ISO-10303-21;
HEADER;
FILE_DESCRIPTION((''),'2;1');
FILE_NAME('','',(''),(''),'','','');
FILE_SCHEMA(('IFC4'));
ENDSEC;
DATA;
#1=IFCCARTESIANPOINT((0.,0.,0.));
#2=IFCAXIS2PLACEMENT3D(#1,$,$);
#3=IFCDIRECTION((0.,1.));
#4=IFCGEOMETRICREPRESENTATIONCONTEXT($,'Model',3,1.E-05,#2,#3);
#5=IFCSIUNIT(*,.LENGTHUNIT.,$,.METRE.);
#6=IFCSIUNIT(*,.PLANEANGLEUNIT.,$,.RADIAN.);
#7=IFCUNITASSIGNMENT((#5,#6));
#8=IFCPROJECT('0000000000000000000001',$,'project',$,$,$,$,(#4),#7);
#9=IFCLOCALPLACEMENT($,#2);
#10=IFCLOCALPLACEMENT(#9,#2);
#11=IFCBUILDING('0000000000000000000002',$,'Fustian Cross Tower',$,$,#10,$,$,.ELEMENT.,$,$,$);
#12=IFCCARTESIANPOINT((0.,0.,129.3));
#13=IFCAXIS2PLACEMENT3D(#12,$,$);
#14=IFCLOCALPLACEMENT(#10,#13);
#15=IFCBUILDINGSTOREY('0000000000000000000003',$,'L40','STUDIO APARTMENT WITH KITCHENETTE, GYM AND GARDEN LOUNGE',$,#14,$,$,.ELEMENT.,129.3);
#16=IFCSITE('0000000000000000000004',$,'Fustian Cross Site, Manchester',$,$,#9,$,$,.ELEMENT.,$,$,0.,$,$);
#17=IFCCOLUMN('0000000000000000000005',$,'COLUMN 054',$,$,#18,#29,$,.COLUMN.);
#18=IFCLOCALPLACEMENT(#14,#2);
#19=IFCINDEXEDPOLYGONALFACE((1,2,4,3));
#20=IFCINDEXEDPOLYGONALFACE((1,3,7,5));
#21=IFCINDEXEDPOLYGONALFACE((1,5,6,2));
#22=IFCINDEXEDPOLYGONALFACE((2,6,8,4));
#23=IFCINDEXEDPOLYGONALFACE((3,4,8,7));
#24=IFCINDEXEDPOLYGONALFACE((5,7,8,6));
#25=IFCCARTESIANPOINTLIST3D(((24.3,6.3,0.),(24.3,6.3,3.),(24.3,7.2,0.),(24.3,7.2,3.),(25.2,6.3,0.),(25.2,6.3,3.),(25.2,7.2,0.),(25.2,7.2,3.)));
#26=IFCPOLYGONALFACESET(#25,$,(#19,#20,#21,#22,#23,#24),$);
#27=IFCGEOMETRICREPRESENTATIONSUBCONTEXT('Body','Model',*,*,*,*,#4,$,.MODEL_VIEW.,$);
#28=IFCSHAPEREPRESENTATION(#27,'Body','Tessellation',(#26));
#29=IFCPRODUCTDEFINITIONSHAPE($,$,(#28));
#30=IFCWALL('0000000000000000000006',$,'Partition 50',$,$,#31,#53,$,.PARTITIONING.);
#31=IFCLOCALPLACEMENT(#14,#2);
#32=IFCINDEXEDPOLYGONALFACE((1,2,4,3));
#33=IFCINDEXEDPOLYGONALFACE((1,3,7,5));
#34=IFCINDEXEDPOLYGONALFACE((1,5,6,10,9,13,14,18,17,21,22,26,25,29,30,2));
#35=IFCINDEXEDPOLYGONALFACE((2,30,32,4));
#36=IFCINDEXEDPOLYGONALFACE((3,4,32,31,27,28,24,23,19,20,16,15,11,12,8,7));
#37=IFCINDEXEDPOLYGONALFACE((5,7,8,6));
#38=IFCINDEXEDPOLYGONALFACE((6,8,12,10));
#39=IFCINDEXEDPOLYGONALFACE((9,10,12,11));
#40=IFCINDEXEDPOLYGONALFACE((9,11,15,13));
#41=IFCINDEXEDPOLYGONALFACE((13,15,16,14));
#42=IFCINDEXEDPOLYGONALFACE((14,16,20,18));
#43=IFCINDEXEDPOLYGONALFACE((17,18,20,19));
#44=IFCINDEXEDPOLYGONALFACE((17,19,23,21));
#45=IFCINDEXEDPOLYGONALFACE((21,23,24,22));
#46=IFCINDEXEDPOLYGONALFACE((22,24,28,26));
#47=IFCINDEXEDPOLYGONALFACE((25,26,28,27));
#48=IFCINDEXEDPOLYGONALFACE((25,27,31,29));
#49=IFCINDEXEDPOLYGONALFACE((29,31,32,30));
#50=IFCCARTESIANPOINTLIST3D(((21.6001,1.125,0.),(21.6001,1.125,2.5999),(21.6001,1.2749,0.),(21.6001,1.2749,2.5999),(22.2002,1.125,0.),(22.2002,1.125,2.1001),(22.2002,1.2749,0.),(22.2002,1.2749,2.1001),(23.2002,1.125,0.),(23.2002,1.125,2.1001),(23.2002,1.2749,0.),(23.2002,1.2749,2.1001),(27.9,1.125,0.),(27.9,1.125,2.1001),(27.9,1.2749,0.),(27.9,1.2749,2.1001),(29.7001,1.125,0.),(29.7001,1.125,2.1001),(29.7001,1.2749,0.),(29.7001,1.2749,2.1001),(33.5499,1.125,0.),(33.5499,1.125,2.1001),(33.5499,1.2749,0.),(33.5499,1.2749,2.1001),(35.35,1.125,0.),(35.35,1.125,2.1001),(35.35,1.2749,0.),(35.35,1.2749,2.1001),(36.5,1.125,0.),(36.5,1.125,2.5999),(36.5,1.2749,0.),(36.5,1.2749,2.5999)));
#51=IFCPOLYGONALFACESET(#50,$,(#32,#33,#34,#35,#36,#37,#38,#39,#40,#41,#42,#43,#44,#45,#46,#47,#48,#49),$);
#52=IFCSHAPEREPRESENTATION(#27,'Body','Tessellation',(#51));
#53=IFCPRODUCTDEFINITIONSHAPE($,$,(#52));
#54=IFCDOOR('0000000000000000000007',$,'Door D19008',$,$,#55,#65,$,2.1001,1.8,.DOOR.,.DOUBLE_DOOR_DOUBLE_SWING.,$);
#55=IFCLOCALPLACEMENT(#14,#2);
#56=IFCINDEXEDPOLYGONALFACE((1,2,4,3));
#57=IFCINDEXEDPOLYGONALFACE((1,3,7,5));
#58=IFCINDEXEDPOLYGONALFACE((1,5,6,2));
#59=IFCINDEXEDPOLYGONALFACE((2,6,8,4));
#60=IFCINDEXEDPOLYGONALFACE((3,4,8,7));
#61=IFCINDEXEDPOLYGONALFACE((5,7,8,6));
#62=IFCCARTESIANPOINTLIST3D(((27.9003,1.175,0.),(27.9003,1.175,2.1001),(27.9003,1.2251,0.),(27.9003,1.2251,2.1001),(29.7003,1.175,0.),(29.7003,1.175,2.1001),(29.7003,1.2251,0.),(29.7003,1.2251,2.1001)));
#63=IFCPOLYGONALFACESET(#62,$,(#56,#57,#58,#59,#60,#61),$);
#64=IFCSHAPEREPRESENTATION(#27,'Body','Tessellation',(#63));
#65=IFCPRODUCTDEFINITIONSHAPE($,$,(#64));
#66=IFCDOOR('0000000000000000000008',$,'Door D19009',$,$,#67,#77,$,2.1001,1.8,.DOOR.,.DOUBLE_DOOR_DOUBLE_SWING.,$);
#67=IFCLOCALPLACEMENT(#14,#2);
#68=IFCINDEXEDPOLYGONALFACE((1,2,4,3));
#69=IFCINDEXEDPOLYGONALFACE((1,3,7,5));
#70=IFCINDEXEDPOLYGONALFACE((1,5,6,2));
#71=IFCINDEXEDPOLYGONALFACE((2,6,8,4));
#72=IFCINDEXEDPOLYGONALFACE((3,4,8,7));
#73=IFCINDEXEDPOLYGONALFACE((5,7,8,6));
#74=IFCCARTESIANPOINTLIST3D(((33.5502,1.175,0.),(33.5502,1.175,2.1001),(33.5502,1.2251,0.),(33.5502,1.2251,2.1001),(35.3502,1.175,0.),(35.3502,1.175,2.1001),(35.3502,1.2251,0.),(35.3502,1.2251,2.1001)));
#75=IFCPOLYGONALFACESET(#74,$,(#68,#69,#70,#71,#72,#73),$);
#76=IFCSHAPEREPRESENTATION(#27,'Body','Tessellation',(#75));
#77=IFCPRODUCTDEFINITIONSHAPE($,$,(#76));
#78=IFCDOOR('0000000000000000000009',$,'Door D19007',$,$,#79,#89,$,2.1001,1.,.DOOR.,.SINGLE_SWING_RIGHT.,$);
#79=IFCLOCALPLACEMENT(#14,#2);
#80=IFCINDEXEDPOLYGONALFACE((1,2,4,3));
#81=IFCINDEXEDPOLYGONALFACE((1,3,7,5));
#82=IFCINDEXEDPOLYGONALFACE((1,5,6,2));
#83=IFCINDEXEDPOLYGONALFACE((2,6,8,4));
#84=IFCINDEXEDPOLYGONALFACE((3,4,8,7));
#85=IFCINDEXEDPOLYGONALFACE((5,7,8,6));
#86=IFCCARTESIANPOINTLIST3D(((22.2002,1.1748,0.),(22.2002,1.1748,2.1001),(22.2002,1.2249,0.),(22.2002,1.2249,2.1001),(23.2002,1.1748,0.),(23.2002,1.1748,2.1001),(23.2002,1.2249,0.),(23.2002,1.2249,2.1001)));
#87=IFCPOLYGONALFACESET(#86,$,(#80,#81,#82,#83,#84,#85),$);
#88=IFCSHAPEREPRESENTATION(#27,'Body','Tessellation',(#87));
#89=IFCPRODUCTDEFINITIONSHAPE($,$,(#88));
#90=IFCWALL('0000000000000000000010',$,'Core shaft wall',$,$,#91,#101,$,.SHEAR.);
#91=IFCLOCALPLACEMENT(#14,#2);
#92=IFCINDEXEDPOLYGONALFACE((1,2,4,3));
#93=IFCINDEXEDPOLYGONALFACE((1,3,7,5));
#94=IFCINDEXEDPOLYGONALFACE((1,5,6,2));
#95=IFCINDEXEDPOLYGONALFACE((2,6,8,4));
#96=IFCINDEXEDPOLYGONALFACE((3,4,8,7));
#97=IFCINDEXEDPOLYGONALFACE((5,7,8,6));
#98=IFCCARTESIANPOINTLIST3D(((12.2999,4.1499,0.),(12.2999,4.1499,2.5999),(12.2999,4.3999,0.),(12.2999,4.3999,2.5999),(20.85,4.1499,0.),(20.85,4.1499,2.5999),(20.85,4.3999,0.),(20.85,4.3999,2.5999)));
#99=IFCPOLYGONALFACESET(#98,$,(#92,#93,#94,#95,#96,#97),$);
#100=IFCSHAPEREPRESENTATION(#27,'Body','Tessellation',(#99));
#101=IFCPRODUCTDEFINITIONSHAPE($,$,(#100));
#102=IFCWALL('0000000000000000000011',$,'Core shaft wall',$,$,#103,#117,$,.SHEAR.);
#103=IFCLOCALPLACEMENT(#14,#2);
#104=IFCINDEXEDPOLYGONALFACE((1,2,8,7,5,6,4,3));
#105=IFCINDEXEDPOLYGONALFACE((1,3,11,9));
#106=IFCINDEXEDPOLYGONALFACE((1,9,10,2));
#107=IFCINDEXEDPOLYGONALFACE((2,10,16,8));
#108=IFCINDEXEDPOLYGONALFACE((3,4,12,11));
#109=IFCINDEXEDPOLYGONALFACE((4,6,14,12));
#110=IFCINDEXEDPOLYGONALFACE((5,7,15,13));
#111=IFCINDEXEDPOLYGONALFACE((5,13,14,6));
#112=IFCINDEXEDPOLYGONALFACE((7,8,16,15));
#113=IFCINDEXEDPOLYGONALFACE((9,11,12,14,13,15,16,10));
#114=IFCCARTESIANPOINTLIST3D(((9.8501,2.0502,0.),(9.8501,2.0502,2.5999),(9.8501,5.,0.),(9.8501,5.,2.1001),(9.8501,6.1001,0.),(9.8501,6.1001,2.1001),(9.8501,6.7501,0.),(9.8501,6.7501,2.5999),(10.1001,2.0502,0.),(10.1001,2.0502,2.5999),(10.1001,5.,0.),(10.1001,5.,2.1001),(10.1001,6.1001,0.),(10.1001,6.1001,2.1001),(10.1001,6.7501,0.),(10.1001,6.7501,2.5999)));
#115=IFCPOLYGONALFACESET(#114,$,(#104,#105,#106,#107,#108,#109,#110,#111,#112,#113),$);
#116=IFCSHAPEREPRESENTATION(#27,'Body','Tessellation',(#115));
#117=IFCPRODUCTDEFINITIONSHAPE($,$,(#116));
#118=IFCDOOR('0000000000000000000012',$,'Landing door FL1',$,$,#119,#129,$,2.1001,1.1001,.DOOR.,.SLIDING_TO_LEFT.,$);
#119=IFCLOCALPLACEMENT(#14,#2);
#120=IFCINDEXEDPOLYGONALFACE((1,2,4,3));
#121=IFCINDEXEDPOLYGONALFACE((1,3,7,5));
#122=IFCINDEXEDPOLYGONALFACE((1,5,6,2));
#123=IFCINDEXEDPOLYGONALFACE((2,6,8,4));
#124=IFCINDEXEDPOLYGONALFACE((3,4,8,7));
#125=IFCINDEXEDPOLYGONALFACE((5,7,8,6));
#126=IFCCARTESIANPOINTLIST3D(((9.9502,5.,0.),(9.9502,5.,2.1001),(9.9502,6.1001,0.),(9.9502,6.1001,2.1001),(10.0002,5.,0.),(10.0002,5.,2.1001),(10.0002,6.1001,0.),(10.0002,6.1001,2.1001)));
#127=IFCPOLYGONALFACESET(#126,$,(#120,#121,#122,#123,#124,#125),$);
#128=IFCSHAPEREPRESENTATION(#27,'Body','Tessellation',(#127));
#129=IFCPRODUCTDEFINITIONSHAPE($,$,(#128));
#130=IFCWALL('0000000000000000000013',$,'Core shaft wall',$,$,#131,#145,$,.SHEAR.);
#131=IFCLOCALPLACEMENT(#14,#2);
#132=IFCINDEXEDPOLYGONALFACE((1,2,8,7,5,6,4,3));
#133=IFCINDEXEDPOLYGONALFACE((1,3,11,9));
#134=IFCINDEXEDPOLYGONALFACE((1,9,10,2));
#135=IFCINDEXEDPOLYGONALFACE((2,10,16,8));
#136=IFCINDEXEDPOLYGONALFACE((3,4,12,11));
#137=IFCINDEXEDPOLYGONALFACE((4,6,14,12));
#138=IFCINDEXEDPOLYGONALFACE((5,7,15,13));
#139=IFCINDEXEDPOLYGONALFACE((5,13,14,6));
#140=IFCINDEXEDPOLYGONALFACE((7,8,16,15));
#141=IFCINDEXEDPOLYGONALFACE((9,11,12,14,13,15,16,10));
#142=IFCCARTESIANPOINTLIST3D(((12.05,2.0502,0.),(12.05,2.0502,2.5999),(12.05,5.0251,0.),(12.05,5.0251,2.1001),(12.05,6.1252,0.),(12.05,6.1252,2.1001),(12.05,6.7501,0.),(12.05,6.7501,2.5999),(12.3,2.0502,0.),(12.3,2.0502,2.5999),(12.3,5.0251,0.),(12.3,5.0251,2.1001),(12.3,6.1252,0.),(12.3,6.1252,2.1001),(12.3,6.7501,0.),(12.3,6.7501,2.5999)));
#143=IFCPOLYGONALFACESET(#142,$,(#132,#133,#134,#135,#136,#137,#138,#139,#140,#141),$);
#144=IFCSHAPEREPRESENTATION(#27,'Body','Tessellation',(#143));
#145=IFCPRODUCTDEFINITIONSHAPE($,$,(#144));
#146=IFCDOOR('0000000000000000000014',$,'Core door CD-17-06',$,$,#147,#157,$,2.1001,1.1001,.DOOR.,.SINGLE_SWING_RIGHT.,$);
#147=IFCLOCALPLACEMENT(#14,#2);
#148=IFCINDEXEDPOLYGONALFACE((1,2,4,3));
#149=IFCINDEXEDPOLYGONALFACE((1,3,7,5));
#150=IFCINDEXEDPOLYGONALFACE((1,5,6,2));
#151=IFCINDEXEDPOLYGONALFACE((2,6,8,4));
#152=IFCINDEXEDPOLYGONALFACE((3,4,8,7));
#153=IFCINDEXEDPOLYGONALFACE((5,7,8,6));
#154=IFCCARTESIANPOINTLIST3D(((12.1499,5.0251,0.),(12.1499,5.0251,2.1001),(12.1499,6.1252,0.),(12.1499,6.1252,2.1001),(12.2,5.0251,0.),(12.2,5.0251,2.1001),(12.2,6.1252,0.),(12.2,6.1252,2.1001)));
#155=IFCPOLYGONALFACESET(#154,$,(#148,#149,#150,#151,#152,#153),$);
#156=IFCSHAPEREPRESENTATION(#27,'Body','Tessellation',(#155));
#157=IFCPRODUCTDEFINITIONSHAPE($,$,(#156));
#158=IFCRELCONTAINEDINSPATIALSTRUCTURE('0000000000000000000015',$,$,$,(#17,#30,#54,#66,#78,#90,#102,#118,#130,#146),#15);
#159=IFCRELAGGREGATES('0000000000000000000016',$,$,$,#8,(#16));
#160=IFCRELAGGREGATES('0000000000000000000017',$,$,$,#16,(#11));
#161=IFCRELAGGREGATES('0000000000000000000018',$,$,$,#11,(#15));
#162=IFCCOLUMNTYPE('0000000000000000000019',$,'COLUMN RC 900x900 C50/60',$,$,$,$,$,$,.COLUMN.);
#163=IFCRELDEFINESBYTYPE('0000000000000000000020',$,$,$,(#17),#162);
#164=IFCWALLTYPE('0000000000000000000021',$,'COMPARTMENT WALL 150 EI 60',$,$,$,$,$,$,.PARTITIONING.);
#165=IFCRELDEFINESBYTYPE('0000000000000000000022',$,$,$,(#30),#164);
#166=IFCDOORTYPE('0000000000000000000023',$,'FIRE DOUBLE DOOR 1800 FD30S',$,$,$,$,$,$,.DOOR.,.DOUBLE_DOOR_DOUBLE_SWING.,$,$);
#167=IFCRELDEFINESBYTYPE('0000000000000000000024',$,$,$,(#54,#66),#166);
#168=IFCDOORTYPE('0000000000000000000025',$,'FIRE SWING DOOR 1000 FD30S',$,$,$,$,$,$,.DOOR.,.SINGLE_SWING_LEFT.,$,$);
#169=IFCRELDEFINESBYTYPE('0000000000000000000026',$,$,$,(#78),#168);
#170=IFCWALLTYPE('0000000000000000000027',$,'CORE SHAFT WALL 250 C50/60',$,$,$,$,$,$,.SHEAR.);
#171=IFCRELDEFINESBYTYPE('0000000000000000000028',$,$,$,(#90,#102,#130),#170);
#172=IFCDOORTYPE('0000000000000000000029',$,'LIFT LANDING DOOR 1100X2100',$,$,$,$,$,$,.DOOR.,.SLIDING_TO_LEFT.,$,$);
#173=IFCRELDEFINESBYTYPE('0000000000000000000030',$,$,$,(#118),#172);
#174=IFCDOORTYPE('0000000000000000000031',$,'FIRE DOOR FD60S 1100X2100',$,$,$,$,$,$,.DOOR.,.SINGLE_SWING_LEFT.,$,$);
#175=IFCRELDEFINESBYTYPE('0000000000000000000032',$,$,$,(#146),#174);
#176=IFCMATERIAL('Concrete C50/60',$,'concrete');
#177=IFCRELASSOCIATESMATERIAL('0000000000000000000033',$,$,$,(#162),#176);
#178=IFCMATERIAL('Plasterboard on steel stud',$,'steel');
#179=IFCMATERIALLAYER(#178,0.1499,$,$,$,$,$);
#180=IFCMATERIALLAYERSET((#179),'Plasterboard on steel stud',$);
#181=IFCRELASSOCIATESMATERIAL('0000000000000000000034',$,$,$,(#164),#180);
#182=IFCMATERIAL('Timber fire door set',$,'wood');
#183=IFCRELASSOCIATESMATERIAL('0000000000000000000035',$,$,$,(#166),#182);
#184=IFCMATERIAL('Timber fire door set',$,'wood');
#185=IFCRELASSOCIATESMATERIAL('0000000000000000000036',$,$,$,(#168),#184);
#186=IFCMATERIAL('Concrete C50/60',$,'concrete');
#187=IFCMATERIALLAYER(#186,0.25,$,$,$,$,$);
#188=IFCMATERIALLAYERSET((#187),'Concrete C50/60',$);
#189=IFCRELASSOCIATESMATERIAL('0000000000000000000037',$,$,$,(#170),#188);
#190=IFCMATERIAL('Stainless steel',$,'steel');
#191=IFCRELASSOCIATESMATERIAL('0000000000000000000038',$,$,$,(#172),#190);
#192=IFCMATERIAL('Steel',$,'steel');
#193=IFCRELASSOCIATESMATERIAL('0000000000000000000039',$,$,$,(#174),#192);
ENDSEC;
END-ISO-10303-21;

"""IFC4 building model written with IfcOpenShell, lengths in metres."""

from ifc_helpers import new_model, si_unit, direction, frame, frame_2d, origin, origin_2d, place, context, subcontext, project, spatial, rectangle, extrude, material, layer, layer_set, material_profile, profile_set, type_object, element, fill, save


model = new_model("IFC4")

# Units and contexts
model_context = context("Model", 3, precision=1e-05, world=origin(), true_north=direction((0.0, 1.0)))
body_context = subcontext(model_context, "Body", "Model", "MODEL_VIEW")
ifc_project = project(units=[si_unit("LENGTHUNIT", "METRE"), si_unit("PLANEANGLEUNIT", "RADIAN")], contexts=[model_context])

# Site, building, storey
site_placement = place(None, origin())
site = spatial("IfcSite", under=ifc_project, at=site_placement, Name="Fustian Cross Site, Manchester", CompositionType="ELEMENT", RefElevation=0.0)
building_placement = place(site_placement, origin())
building = spatial("IfcBuilding", under=site, at=building_placement, Name="Fustian Cross Tower", CompositionType="ELEMENT")
storey_placement = place(building_placement, frame((0.0, 0.0, 129.3)))
storey = spatial("IfcBuildingStorey", under=building, at=storey_placement, Name="L40", Description="STUDIO APARTMENT WITH KITCHENETTE, GYM AND GARDEN LOUNGE", CompositionType="ELEMENT", Elevation=129.3)

# Column
ifc_material_1 = material(Name="Concrete C50/60", Category="concrete")
ifc_material_profile = material_profile(ifc_material_1, rectangle(XDim=0.8999, YDim=0.8999, at=origin_2d()), Name="RC 900x900")
ifc_profile_set = profile_set([ifc_material_profile], Name="Concrete C50/60")
column_type = type_object("IfcColumnType", Name="COLUMN RC 900x900 C50/60", PredefinedType="COLUMN", material=ifc_profile_set)
column_placement = place(storey_placement, frame((24.75, 6.75, 0.0), z_axis=(0.0, 0.0, 1.0), x_axis=(1.0, 0.0, 0.0)))
element("IfcColumn", 1, at=column_placement, inside=storey, type_object=column_type, Name="COLUMN 054", PredefinedType="COLUMN", context=body_context, shape_type="SweptSolid", body=[
    extrude(rectangle(XDim=0.8999, YDim=0.8999, at=origin_2d()), origin(), (0.0, 0.0, 1.0), 3.0),
])

# Wall, openings, doors
ifc_material_2 = material(Name="Plasterboard on steel stud", Category="steel")
ifc_layer_1 = layer(ifc_material_2, 0.1499)
ifc_layer_set_1 = layer_set([ifc_layer_1], Name="Plasterboard on steel stud")
wall_type_1 = type_object("IfcWallType", Name="COMPARTMENT WALL 150 EI 60", PredefinedType="PARTITIONING", material=ifc_layer_set_1)
wall_1_placement = place(storey_placement, frame((21.6001, 1.2, 0.0), z_axis=(0.0, 0.0, 1.0), x_axis=(1.0, 0.0, 0.0)))
wall_1 = element("IfcWall", 2, at=wall_1_placement, inside=storey, type_object=wall_type_1, Name="Partition 50", PredefinedType="PARTITIONING", context=body_context, shape_type="SweptSolid", body=[
    extrude(rectangle(XDim=14.8999, YDim=0.1499, at=frame_2d((7.45, 0.0))), origin(), (0.0, 0.0, 1.0), 2.5999),
])
opening_1_placement = place(wall_1_placement, frame((0.6001, 0.0, 0.0)))
opening_1 = element("IfcOpeningElement", 3, at=opening_1_placement, cuts=wall_1, PredefinedType="OPENING", context=body_context, shape_type="SweptSolid", body=[
    extrude(rectangle(XDim=1.0, YDim=2.1001, at=frame_2d((0.5, 1.05))), frame((0.0, 0.085, 0.0), z_axis=(0.0, -1.0, 0.0), x_axis=(1.0, 0.0, 0.0)), (0.0, 0.0, 1.0), 0.1699),
])
opening_2_placement = place(wall_1_placement, frame((6.3, 0.0, 0.0)))
opening_2 = element("IfcOpeningElement", 4, at=opening_2_placement, cuts=wall_1, PredefinedType="OPENING", context=body_context, shape_type="SweptSolid", body=[
    extrude(rectangle(XDim=1.8, YDim=2.1001, at=frame_2d((0.8999, 1.05))), frame((0.0, 0.085, 0.0), z_axis=(0.0, -1.0, 0.0), x_axis=(1.0, 0.0, 0.0)), (0.0, 0.0, 1.0), 0.1699),
])
opening_3_placement = place(wall_1_placement, frame((11.95, 0.0, 0.0)))
opening_3 = element("IfcOpeningElement", 5, at=opening_3_placement, cuts=wall_1, PredefinedType="OPENING", context=body_context, shape_type="SweptSolid", body=[
    extrude(rectangle(XDim=1.8, YDim=2.1001, at=frame_2d((0.8999, 1.05))), frame((0.0, 0.085, 0.0), z_axis=(0.0, -1.0, 0.0), x_axis=(1.0, 0.0, 0.0)), (0.0, 0.0, 1.0), 0.1699),
])
ifc_material_3 = material(Name="Timber fire door set", Category="wood")
door_type_1 = type_object("IfcDoorType", Name="FIRE DOUBLE DOOR 1800 FD30S", OperationType="DOUBLE_DOOR_DOUBLE_SWING", PredefinedType="DOOR", material=ifc_material_3)
door_1_placement = place(opening_2_placement, frame((1.8, 0.0, 0.0), z_axis=(0.0, 0.0, 1.0), x_axis=(-1.0, 0.0, 0.0)))
door_1 = element("IfcDoor", 6, at=door_1_placement, inside=storey, type_object=door_type_1, Name="Door D19008", OperationType="DOUBLE_DOOR_DOUBLE_SWING", OverallHeight=2.1001, OverallWidth=1.8, PredefinedType="DOOR", context=body_context, shape_type="SweptSolid", body=[
    extrude(rectangle(XDim=1.8, YDim=2.1001, at=frame_2d((0.8999, 1.05))), frame((0.0, 0.0249, 0.0), z_axis=(0.0, -1.0, 0.0), x_axis=(1.0, 0.0, 0.0)), (0.0, 0.0, 1.0), 0.05),
])
fill(opening_2, door_1)
door_2_placement = place(opening_3_placement, frame((1.8, 0.0, 0.0), z_axis=(0.0, 0.0, 1.0), x_axis=(-1.0, 0.0, 0.0)))
door_2 = element("IfcDoor", 7, at=door_2_placement, inside=storey, type_object=door_type_1, Name="Door D19009", OperationType="DOUBLE_DOOR_DOUBLE_SWING", OverallHeight=2.1001, OverallWidth=1.8, PredefinedType="DOOR", context=body_context, shape_type="SweptSolid", body=[
    extrude(rectangle(XDim=1.8, YDim=2.1001, at=frame_2d((0.8999, 1.05))), frame((0.0, 0.0249, 0.0), z_axis=(0.0, -1.0, 0.0), x_axis=(1.0, 0.0, 0.0)), (0.0, 0.0, 1.0), 0.05),
])
fill(opening_3, door_2)
ifc_material_4 = material(Name="Timber fire door set", Category="wood")
door_type_2 = type_object("IfcDoorType", Name="FIRE SWING DOOR 1000 FD30S", OperationType="SINGLE_SWING_LEFT", PredefinedType="DOOR", material=ifc_material_4)
door_3_placement = place(opening_1_placement, origin())
door_3 = element("IfcDoor", 8, at=door_3_placement, inside=storey, type_object=door_type_2, Name="Door D19007", OperationType="SINGLE_SWING_RIGHT", OverallHeight=2.1001, OverallWidth=1.0, PredefinedType="DOOR", context=body_context, shape_type="SweptSolid", body=[
    extrude(rectangle(XDim=1.0, YDim=2.1001, at=frame_2d((0.5, 1.05))), frame((0.0, 0.0249, 0.0), z_axis=(0.0, -1.0, 0.0), x_axis=(1.0, 0.0, 0.0)), (0.0, 0.0, 1.0), 0.05),
])
fill(opening_1, door_3)

# Wall
ifc_material_5 = material(Name="Concrete C50/60", Category="concrete")
ifc_layer_2 = layer(ifc_material_5, 0.25)
ifc_layer_set_2 = layer_set([ifc_layer_2], Name="Concrete C50/60")
wall_type_2 = type_object("IfcWallType", Name="CORE SHAFT WALL 250 C50/60", PredefinedType="SHEAR", material=ifc_layer_set_2)
wall_2_placement = place(storey_placement, frame((12.3, 4.2749, 0.0), z_axis=(0.0, 0.0, 1.0), x_axis=(1.0, 0.0, 0.0)))
element("IfcWall", 9, at=wall_2_placement, inside=storey, type_object=wall_type_2, Name="Core shaft wall", PredefinedType="SHEAR", context=body_context, shape_type="SweptSolid", body=[
    extrude(rectangle(XDim=8.55, YDim=0.25, at=frame_2d((4.2749, 0.0))), origin(), (0.0, 0.0, 1.0), 2.5999),
])

# Walls, openings, doors
wall_3_placement = place(storey_placement, frame((9.9751, 2.05, 0.0), z_axis=(0.0, 0.0, 1.0), x_axis=(0.0, 1.0, 0.0)))
wall_3 = element("IfcWall", 10, at=wall_3_placement, inside=storey, type_object=wall_type_2, Name="Core shaft wall", PredefinedType="SHEAR", context=body_context, shape_type="SweptSolid", body=[
    extrude(rectangle(XDim=4.7, YDim=0.25, at=frame_2d((2.3501, 0.0))), origin(), (0.0, 0.0, 1.0), 2.5999),
])
opening_4_placement = place(wall_3_placement, frame((2.95, 0.0, 0.0)))
opening_4 = element("IfcOpeningElement", 11, at=opening_4_placement, cuts=wall_3, PredefinedType="OPENING", context=body_context, shape_type="SweptSolid", body=[
    extrude(rectangle(XDim=1.1001, YDim=2.1001, at=frame_2d((0.55, 1.05))), frame((0.0, 0.135, 0.0), z_axis=(0.0, -1.0, 0.0), x_axis=(1.0, 0.0, 0.0)), (0.0, 0.0, 1.0), 0.27),
])
ifc_material_6 = material(Name="Stainless steel", Category="steel")
door_type_3 = type_object("IfcDoorType", Name="LIFT LANDING DOOR 1100X2100", OperationType="SLIDING_TO_LEFT", PredefinedType="DOOR", material=ifc_material_6)
door_4_placement = place(opening_4_placement, origin())
door_4 = element("IfcDoor", 12, at=door_4_placement, inside=storey, type_object=door_type_3, Name="Landing door FL1", OperationType="SLIDING_TO_LEFT", OverallHeight=2.1001, OverallWidth=1.1001, PredefinedType="DOOR", context=body_context, shape_type="SweptSolid", body=[
    extrude(rectangle(XDim=1.1001, YDim=2.1001, at=frame_2d((0.55, 1.05))), frame((0.0, 0.0249, 0.0), z_axis=(0.0, -1.0, 0.0), x_axis=(1.0, 0.0, 0.0)), (0.0, 0.0, 1.0), 0.05),
])
fill(opening_4, door_4)
wall_4_placement = place(storey_placement, frame((12.175, 2.05, 0.0), z_axis=(0.0, 0.0, 1.0), x_axis=(0.0, 1.0, 0.0)))
wall_4 = element("IfcWall", 13, at=wall_4_placement, inside=storey, type_object=wall_type_2, Name="Core shaft wall", PredefinedType="SHEAR", context=body_context, shape_type="SweptSolid", body=[
    extrude(rectangle(XDim=4.7, YDim=0.25, at=frame_2d((2.3501, 0.0))), origin(), (0.0, 0.0, 1.0), 2.5999),
])
opening_5_placement = place(wall_4_placement, frame((2.9751, 0.0, 0.0)))
opening_5 = element("IfcOpeningElement", 14, at=opening_5_placement, cuts=wall_4, PredefinedType="OPENING", context=body_context, shape_type="SweptSolid", body=[
    extrude(rectangle(XDim=1.1001, YDim=2.1001, at=frame_2d((0.55, 1.05))), frame((0.0, 0.135, 0.0), z_axis=(0.0, -1.0, 0.0), x_axis=(1.0, 0.0, 0.0)), (0.0, 0.0, 1.0), 0.27),
])
ifc_material_7 = material(Name="Steel", Category="steel")
door_type_4 = type_object("IfcDoorType", Name="FIRE DOOR FD60S 1100X2100", OperationType="SINGLE_SWING_LEFT", PredefinedType="DOOR", material=ifc_material_7)
door_5_placement = place(opening_5_placement, frame((1.1001, 0.0, 0.0), z_axis=(0.0, 0.0, 1.0), x_axis=(-1.0, 0.0, 0.0)))
door_5 = element("IfcDoor", 15, at=door_5_placement, inside=storey, type_object=door_type_4, Name="Core door CD-17-06", OperationType="SINGLE_SWING_RIGHT", OverallHeight=2.1001, OverallWidth=1.1001, PredefinedType="DOOR", context=body_context, shape_type="SweptSolid", body=[
    extrude(rectangle(XDim=1.1001, YDim=2.1001, at=frame_2d((0.55, 1.05))), frame((0.0, 0.0249, 0.0), z_axis=(0.0, -1.0, 0.0), x_axis=(1.0, 0.0, 0.0)), (0.0, 0.0, 1.0), 0.05),
])
fill(opening_5, door_5)

save(model, "model.ifc")
